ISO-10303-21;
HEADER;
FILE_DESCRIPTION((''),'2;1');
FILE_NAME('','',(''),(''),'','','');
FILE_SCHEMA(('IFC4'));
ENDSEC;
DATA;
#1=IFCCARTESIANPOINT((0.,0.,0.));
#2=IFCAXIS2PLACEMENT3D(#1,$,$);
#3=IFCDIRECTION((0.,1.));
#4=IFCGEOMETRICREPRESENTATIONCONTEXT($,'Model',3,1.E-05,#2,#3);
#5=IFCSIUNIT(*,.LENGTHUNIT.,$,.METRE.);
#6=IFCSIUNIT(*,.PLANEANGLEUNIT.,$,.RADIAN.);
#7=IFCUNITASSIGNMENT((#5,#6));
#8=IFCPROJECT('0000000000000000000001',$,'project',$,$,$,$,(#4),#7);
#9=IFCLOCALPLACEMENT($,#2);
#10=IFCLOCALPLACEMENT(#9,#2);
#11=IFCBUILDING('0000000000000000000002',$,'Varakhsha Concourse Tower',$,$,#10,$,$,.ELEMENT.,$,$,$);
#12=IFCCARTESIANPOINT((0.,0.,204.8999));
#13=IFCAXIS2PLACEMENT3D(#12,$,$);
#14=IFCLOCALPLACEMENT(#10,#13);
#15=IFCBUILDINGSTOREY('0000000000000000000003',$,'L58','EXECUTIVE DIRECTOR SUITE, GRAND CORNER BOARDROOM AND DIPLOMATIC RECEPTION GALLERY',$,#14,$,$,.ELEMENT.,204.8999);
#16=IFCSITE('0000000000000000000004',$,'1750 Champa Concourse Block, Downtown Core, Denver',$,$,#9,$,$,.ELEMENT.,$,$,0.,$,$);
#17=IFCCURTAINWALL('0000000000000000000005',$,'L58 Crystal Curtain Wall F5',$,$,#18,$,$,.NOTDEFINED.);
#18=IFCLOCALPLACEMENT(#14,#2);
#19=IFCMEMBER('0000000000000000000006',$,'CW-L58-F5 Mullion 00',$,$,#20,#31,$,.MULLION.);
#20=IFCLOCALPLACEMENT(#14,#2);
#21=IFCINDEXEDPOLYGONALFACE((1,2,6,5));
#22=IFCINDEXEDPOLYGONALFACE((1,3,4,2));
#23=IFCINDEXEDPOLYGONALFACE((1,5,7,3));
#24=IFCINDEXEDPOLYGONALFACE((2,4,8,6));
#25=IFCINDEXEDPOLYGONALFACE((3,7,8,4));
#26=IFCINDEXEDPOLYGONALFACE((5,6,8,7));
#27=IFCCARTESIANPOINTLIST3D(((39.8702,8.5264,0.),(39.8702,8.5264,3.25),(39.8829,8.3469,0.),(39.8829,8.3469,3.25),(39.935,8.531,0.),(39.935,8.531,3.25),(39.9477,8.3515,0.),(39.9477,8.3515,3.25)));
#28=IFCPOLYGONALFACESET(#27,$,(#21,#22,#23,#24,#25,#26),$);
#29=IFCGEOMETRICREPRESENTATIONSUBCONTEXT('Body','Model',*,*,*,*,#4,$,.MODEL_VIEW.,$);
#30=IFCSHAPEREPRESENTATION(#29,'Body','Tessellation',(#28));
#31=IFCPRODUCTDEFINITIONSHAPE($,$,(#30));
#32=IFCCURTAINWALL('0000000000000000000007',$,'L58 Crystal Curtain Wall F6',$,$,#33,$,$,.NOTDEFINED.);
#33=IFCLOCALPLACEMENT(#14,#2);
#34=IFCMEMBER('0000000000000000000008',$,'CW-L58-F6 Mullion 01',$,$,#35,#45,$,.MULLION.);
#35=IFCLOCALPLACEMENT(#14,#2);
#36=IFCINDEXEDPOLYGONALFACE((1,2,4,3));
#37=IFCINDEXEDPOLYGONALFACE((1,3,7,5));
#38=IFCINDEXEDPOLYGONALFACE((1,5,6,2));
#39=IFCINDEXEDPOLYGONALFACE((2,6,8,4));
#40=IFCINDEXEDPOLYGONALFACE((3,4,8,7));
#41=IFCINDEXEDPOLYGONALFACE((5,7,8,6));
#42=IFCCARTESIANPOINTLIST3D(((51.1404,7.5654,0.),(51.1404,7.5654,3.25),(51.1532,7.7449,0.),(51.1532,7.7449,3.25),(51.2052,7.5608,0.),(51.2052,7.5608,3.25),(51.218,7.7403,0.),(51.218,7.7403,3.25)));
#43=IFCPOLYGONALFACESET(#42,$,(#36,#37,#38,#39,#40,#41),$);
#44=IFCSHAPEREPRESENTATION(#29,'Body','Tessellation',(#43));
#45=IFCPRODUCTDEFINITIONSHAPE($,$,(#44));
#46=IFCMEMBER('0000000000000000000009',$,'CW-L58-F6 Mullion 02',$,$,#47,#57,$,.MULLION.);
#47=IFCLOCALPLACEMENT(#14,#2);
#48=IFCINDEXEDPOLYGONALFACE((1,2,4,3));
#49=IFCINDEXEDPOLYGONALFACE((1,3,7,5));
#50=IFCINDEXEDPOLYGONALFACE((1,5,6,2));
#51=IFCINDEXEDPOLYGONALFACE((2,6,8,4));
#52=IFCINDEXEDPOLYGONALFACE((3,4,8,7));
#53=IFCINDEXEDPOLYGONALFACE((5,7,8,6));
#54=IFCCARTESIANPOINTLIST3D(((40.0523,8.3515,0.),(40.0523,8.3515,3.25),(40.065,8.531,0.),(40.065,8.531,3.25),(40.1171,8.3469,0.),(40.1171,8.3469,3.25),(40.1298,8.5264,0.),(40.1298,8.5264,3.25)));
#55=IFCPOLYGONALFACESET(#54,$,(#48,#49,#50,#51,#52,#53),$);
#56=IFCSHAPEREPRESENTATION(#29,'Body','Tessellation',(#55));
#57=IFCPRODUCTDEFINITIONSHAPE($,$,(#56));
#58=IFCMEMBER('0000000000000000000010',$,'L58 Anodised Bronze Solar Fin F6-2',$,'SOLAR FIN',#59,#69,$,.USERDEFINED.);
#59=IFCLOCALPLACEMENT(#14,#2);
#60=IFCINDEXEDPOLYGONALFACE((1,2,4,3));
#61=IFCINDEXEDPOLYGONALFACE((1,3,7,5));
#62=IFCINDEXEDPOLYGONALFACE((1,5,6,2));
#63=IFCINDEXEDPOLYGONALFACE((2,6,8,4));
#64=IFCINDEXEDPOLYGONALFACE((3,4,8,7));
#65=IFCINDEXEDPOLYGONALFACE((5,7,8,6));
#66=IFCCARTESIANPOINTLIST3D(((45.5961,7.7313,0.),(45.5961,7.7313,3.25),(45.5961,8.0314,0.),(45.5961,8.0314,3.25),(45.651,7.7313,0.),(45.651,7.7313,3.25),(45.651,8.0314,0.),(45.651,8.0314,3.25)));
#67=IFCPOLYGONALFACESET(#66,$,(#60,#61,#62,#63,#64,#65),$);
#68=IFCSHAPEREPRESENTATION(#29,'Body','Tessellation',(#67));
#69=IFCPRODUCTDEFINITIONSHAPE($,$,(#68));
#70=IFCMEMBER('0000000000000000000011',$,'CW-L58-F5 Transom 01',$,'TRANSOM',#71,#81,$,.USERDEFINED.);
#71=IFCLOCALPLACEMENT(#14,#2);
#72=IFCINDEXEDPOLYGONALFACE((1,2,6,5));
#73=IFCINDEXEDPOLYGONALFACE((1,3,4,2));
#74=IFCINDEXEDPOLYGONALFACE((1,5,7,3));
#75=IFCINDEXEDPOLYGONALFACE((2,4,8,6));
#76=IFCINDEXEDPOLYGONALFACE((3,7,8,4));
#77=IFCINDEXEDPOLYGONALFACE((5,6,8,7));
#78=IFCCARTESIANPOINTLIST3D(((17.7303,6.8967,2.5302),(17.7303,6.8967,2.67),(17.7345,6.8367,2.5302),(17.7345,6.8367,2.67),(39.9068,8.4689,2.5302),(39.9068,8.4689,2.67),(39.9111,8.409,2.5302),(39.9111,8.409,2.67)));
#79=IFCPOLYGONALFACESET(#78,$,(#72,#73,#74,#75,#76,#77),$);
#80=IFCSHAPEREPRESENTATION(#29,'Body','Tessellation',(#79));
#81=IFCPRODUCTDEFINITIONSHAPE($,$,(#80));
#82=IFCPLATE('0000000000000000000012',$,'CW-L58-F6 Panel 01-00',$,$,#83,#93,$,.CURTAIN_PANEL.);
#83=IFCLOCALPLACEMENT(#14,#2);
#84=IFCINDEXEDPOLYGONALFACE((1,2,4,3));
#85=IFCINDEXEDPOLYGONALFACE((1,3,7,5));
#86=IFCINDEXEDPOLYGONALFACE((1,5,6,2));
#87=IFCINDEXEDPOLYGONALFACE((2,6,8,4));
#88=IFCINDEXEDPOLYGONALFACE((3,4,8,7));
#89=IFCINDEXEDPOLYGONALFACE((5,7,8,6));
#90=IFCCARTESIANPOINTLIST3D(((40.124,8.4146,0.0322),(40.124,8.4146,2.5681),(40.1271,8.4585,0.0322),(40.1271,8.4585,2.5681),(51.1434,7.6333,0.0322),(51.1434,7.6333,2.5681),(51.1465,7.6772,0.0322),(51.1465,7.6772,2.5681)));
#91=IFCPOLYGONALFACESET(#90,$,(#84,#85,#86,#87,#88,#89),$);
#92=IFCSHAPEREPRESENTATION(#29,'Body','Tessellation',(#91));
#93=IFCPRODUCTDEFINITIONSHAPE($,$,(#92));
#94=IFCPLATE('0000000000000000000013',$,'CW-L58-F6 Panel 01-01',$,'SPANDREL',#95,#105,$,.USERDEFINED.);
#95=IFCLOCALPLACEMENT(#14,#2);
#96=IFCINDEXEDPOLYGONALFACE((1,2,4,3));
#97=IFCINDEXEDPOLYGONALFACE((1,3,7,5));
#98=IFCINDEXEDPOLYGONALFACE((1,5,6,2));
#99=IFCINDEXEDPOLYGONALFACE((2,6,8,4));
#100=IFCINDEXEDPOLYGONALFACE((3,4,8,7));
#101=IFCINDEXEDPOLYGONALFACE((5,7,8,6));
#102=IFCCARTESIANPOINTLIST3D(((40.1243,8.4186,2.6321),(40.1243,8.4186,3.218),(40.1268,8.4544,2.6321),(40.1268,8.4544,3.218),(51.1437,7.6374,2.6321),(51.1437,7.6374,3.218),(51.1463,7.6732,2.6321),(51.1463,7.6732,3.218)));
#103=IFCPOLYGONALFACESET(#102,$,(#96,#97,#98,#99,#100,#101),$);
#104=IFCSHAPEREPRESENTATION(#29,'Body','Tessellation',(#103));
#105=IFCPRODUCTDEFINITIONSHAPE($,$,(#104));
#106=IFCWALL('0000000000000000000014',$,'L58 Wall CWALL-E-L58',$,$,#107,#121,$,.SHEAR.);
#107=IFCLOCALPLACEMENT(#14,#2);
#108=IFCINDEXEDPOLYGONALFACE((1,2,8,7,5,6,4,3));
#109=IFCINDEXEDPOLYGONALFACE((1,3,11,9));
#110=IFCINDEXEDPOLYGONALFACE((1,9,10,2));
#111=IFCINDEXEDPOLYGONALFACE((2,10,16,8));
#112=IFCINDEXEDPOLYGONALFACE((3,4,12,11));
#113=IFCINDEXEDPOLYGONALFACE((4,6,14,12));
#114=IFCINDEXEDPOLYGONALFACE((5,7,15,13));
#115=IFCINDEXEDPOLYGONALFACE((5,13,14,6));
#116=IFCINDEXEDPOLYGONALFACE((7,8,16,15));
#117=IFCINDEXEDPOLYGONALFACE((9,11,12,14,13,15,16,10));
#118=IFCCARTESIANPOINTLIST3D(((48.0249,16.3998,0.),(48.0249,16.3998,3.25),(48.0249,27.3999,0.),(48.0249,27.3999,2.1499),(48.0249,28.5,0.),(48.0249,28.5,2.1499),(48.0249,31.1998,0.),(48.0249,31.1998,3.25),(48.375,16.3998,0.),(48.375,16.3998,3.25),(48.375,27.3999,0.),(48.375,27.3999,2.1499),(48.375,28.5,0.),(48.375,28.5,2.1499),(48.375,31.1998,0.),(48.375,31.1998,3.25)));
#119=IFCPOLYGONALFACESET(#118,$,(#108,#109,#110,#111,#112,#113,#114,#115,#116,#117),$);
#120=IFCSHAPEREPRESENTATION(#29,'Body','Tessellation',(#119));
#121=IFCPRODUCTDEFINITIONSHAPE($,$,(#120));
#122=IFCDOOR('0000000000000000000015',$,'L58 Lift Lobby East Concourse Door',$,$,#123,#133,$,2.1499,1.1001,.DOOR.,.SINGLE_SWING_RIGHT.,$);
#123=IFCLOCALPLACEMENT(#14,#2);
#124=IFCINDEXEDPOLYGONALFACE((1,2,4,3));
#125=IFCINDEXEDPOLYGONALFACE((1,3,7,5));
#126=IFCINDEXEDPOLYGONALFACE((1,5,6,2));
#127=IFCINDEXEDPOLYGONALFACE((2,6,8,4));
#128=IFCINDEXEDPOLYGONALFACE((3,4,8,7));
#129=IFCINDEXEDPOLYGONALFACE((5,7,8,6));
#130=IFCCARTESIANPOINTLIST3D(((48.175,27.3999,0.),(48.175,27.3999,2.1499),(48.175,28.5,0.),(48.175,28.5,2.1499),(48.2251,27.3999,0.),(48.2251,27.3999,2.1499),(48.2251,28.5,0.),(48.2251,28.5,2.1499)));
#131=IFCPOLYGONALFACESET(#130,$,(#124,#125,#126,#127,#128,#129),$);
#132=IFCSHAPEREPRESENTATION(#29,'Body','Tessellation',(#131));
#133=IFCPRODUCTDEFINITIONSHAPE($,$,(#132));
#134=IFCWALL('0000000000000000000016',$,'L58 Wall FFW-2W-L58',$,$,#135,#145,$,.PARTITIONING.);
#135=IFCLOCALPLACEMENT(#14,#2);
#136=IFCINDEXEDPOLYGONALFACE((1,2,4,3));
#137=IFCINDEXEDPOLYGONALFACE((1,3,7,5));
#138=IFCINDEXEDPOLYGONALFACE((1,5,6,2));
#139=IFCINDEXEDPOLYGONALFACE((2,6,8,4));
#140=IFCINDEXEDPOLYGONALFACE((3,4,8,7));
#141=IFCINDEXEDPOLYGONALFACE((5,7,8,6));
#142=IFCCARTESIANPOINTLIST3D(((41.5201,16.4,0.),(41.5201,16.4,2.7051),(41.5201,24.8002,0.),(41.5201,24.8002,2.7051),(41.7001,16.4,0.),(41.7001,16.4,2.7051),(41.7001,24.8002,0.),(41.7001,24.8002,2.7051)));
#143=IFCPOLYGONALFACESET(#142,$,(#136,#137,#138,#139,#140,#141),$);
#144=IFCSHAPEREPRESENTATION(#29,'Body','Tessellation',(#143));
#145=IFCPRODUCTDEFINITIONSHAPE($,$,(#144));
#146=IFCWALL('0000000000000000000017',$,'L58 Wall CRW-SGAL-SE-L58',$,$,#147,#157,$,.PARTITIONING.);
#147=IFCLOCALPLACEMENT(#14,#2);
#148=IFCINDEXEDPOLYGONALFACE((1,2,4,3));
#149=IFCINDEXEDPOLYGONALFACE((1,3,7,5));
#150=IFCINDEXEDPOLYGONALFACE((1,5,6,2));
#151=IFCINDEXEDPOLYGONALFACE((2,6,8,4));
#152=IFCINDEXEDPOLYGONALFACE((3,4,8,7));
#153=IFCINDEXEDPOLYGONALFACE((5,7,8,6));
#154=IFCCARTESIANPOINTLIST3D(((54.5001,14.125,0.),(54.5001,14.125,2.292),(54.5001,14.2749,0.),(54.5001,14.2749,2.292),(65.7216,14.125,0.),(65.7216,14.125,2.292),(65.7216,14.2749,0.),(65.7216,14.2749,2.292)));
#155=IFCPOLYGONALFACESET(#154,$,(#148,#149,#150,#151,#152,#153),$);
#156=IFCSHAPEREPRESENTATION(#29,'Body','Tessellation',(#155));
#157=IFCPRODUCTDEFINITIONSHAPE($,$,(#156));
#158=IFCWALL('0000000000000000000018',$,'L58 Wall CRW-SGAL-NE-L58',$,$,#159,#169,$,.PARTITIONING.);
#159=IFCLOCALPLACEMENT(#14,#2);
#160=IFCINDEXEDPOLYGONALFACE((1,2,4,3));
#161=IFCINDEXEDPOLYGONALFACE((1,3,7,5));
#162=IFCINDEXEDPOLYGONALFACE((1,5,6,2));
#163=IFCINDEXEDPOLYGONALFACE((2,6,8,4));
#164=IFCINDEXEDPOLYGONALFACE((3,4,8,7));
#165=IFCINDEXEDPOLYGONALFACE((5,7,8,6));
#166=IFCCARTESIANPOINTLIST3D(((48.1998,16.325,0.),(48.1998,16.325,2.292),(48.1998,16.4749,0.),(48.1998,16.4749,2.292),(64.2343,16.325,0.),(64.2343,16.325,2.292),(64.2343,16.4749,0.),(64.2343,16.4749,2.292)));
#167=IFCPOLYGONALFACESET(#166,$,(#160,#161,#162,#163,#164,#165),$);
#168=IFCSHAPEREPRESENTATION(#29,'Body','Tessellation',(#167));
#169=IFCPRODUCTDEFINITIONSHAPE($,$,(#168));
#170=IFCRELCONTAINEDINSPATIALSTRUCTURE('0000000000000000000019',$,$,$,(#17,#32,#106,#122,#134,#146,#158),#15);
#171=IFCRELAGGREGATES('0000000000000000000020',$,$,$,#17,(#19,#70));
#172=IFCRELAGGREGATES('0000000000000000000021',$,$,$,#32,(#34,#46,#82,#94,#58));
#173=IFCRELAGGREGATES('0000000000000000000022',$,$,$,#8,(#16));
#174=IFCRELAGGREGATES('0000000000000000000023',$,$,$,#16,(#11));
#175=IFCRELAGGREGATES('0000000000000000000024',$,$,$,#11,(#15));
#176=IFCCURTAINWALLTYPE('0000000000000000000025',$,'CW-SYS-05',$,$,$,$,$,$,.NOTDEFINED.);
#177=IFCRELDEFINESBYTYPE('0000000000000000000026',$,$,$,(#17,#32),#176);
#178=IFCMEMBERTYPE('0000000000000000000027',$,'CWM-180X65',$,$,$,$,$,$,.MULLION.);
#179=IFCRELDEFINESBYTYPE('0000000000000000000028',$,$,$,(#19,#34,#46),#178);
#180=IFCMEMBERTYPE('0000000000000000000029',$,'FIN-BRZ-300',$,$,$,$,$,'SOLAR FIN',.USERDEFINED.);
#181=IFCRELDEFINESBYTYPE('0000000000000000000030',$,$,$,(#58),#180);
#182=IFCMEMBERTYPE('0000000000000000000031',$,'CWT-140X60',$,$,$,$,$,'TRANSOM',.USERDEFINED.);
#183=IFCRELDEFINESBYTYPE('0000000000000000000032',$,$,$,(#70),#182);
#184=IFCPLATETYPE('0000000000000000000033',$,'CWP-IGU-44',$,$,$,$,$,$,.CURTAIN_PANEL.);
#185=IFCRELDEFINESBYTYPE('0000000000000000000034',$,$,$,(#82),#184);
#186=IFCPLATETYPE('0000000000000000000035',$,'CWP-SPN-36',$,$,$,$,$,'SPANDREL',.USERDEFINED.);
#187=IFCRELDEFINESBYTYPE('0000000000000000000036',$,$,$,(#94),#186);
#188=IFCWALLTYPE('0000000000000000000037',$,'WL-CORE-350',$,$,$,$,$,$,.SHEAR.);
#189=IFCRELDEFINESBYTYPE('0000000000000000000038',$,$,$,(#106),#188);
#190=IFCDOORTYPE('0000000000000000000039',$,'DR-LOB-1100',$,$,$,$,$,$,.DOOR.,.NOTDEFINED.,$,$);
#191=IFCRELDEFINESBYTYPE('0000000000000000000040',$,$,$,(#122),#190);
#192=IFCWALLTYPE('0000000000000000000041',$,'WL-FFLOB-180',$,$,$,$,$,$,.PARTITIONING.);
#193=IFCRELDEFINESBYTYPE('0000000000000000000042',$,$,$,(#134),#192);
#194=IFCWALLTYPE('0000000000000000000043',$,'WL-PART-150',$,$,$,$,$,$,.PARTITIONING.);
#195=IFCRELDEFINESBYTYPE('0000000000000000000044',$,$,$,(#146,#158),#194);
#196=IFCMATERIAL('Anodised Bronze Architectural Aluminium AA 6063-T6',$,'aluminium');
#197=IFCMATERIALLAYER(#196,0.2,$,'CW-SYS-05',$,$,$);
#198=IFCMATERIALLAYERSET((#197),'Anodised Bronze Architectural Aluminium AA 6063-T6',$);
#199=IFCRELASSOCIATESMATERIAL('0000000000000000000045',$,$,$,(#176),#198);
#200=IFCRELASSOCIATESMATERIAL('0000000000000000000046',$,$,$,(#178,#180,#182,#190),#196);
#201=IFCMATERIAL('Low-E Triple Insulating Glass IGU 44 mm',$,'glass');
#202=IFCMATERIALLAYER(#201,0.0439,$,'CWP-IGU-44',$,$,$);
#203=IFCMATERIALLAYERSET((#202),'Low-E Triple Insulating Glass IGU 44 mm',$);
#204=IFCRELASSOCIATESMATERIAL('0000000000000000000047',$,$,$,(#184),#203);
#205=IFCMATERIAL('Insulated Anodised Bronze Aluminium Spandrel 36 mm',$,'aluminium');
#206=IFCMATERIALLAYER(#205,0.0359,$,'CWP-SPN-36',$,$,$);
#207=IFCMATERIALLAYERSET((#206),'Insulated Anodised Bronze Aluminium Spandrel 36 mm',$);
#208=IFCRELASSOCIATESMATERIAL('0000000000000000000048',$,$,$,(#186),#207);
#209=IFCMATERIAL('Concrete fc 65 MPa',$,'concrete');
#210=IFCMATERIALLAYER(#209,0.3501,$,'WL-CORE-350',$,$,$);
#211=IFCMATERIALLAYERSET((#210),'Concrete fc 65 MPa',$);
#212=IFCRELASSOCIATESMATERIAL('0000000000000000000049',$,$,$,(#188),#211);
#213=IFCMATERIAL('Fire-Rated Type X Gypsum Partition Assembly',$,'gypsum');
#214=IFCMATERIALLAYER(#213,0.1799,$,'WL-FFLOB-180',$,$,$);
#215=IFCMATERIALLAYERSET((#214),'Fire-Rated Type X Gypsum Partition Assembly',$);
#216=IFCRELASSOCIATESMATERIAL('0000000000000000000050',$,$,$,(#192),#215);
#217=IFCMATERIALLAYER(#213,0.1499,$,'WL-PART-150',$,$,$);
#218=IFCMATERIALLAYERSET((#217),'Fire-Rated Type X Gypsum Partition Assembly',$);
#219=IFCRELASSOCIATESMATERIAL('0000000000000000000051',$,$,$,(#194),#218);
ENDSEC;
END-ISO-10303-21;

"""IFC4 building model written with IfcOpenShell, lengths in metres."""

from ifc_helpers import new_model, si_unit, direction, frame, frame_2d, origin, origin_2d, place, context, subcontext, project, spatial, rectangle, extrude, source, transform, mapped, material, layer, layer_set, material_profile, profile_set, type_object, type_shapes, element, fill, aggregate, save


model = new_model("IFC4")

# Units and contexts
model_context = context("Model", 3, precision=1e-05, world=origin(), true_north=direction((0.0, 1.0)))
body_context = subcontext(model_context, "Body", "Model", "MODEL_VIEW")
ifc_project = project(units=[si_unit("LENGTHUNIT", "METRE"), si_unit("PLANEANGLEUNIT", "RADIAN")], contexts=[model_context])

# Site, building, storey
site_placement = place(None, origin())
site = spatial("IfcSite", under=ifc_project, at=site_placement, Name="1750 Champa Concourse Block, Downtown Core, Denver", CompositionType="ELEMENT", RefElevation=0.0)
building_placement = place(site_placement, origin())
building = spatial("IfcBuilding", under=site, at=building_placement, Name="Varakhsha Concourse Tower", CompositionType="ELEMENT")
storey_placement = place(building_placement, frame((0.0, 0.0, 204.8999)))
storey = spatial("IfcBuildingStorey", under=building, at=storey_placement, Name="L58", Description="EXECUTIVE DIRECTOR SUITE, GRAND CORNER BOARDROOM AND DIPLOMATIC RECEPTION GALLERY", CompositionType="ELEMENT", Elevation=204.8999)

# Shared definitions
ifc_material_1 = material(Name="Concrete fc 65 MPa", Category="concrete")

# Curtain wall, member
ifc_material_2 = material(Name="Anodised Bronze Architectural Aluminium AA 6063-T6", Category="aluminium")
ifc_layer_1 = layer(ifc_material_2, 0.2, Name="CW-SYS-05")
ifc_layer_set_1 = layer_set([ifc_layer_1], Name="Anodised Bronze Architectural Aluminium AA 6063-T6")
curtain_wall_type = type_object("IfcCurtainWallType", Name="CW-SYS-05", PredefinedType="NOTDEFINED", material=ifc_layer_set_1)
curtain_wall_1_placement = place(storey_placement, origin())
curtain_wall_1 = element("IfcCurtainWall", 1, at=curtain_wall_1_placement, inside=storey, type_object=curtain_wall_type, Name="L58 Crystal Curtain Wall F5", PredefinedType="NOTDEFINED")
ifc_material_profile_1 = material_profile(ifc_material_2, rectangle(XDim=0.0649, YDim=0.1799, at=origin_2d()), Name="CWM-180X65")
ifc_profile_set_1 = profile_set([ifc_material_profile_1], Name="Anodised Bronze Architectural Aluminium AA 6063-T6")
member_type_1 = type_object("IfcMemberType", Name="CWM-180X65", PredefinedType="MULLION", material=ifc_profile_set_1)
shared_shape_1 = source(origin(), body_context, "Body", "SweptSolid", [
    extrude(rectangle(XDim=0.0649, YDim=0.1799, at=origin_2d()), origin(), (0.0, 0.0, 1.0), 3.25),
])
type_shapes(member_type_1, [shared_shape_1])
member_1_placement = place(storey_placement, frame((39.9089, 8.439, 0.0), z_axis=(0.0, 0.0, 1.0), x_axis=(-0.997496, -0.070723, 0.0)))
member_1 = element("IfcMember", 2, at=member_1_placement, type_object=member_type_1, Name="CW-L58-F5 Mullion 00", PredefinedType="MULLION", context=body_context, shape_type="MappedRepresentation", body=[
    mapped(shared_shape_1, transform((0.0, 0.0, 0.0), scale=1.0)),
])

# Curtain wall, members
curtain_wall_2_placement = place(storey_placement, origin())
curtain_wall_2 = element("IfcCurtainWall", 3, at=curtain_wall_2_placement, inside=storey, type_object=curtain_wall_type, Name="L58 Crystal Curtain Wall F6", PredefinedType="NOTDEFINED")
member_2_placement = place(storey_placement, frame((51.1792, 7.6528, 0.0), z_axis=(0.0, 0.0, 1.0), x_axis=(-0.997496, 0.070723, 0.0)))
member_2 = element("IfcMember", 4, at=member_2_placement, type_object=member_type_1, Name="CW-L58-F6 Mullion 01", PredefinedType="MULLION", context=body_context, shape_type="MappedRepresentation", body=[
    mapped(shared_shape_1, transform((0.0, 0.0, 0.0), scale=1.0)),
])
member_3_placement = place(storey_placement, frame((40.0911, 8.439, 0.0), z_axis=(0.0, 0.0, 1.0), x_axis=(-0.997496, 0.070723, 0.0)))
member_3 = element("IfcMember", 5, at=member_3_placement, type_object=member_type_1, Name="CW-L58-F6 Mullion 02", PredefinedType="MULLION", context=body_context, shape_type="MappedRepresentation", body=[
    mapped(shared_shape_1, transform((0.0, 0.0, 0.0), scale=1.0)),
])
ifc_material_profile_2 = material_profile(ifc_material_2, rectangle(XDim=0.0549, YDim=0.3, at=origin_2d()), Name="FIN-BRZ-300")
ifc_profile_set_2 = profile_set([ifc_material_profile_2], Name="Anodised Bronze Architectural Aluminium AA 6063-T6")
member_type_2 = type_object("IfcMemberType", Name="FIN-BRZ-300", ElementType="SOLAR FIN", PredefinedType="USERDEFINED", material=ifc_profile_set_2)
shared_shape_2 = source(origin(), body_context, "Body", "SweptSolid", [
    extrude(rectangle(XDim=0.0549, YDim=0.3, at=origin_2d()), origin(), (0.0, 0.0, 1.0), 3.25),
])
type_shapes(member_type_2, [shared_shape_2])
member_4_placement = place(storey_placement, frame((45.6235, 7.8813, 0.0), z_axis=(0.0, 0.0, 1.0), x_axis=(1.0, 0.0, 0.0)))
member_4 = element("IfcMember", 6, at=member_4_placement, type_object=member_type_2, Name="L58 Anodised Bronze Solar Fin F6-2", ObjectType="SOLAR FIN", PredefinedType="USERDEFINED", context=body_context, shape_type="MappedRepresentation", body=[
    mapped(shared_shape_2, transform((0.0, 0.0, 0.0), scale=1.0)),
])

# Member
ifc_material_profile_3 = material_profile(ifc_material_2, rectangle(XDim=0.0601, YDim=0.1399, at=origin_2d()), Name="CWT-140X60")
ifc_profile_set_3 = profile_set([ifc_material_profile_3], Name="Anodised Bronze Architectural Aluminium AA 6063-T6")
member_type_3 = type_object("IfcMemberType", Name="CWT-140X60", ElementType="TRANSOM", PredefinedType="USERDEFINED", material=ifc_profile_set_3)
shared_shape_3 = source(origin(), body_context, "Body", "SweptSolid", [
    extrude(rectangle(XDim=0.0601, YDim=0.1399, at=origin_2d()), origin(), (0.0, 0.0, 1.0), 22.2322),
])
type_shapes(member_type_3, [shared_shape_3])
member_5_placement = place(storey_placement, frame((39.9089, 8.439, 2.6001), z_axis=(-0.997496, -0.07072, 0.0), x_axis=(0.07072, -0.997496, 0.0)))
member_5 = element("IfcMember", 7, at=member_5_placement, type_object=member_type_3, Name="CW-L58-F5 Transom 01", ObjectType="TRANSOM", PredefinedType="USERDEFINED", context=body_context, shape_type="MappedRepresentation", body=[
    mapped(shared_shape_3, transform((0.0, 0.0, 0.0), scale=1.0)),
])
aggregate(curtain_wall_1, [member_1, member_5])

# Plates
ifc_material_3 = material(Name="Low-E Triple Insulating Glass IGU 44 mm", Category="glass")
ifc_layer_2 = layer(ifc_material_3, 0.0439, Name="CWP-IGU-44")
ifc_layer_set_2 = layer_set([ifc_layer_2], Name="Low-E Triple Insulating Glass IGU 44 mm")
plate_type_1 = type_object("IfcPlateType", Name="CWP-IGU-44", PredefinedType="CURTAIN_PANEL", material=ifc_layer_set_2)
shared_shape_4 = source(origin(), body_context, "Body", "SweptSolid", [
    extrude(rectangle(XDim=11.0471, YDim=0.0439, at=origin_2d()), origin(), (0.0, 0.0, 1.0), 2.5359),
])
type_shapes(plate_type_1, [shared_shape_4])
plate_1_placement = place(storey_placement, frame((45.6353, 8.0459, 0.0322), z_axis=(0.0, 0.0, 1.0), x_axis=(-0.997496, 0.070723, 0.0)))
plate_1 = element("IfcPlate", 8, at=plate_1_placement, type_object=plate_type_1, Name="CW-L58-F6 Panel 01-00", PredefinedType="CURTAIN_PANEL", context=body_context, shape_type="MappedRepresentation", body=[
    mapped(shared_shape_4, transform((0.0, 0.0, 0.0), scale=1.0)),
])
ifc_material_4 = material(Name="Insulated Anodised Bronze Aluminium Spandrel 36 mm", Category="aluminium")
ifc_layer_3 = layer(ifc_material_4, 0.0359, Name="CWP-SPN-36")
ifc_layer_set_3 = layer_set([ifc_layer_3], Name="Insulated Anodised Bronze Aluminium Spandrel 36 mm")
plate_type_2 = type_object("IfcPlateType", Name="CWP-SPN-36", ElementType="SPANDREL", PredefinedType="USERDEFINED", material=ifc_layer_set_3)
shared_shape_5 = source(origin(), body_context, "Body", "SweptSolid", [
    extrude(rectangle(XDim=11.0471, YDim=0.0359, at=origin_2d()), origin(), (0.0, 0.0, 1.0), 0.5859),
])
type_shapes(plate_type_2, [shared_shape_5])
plate_2_placement = place(storey_placement, frame((45.6353, 8.0459, 2.6321), z_axis=(0.0, 0.0, 1.0), x_axis=(-0.997496, 0.070723, 0.0)))
plate_2 = element("IfcPlate", 9, at=plate_2_placement, type_object=plate_type_2, Name="CW-L58-F6 Panel 01-01", ObjectType="SPANDREL", PredefinedType="USERDEFINED", context=body_context, shape_type="MappedRepresentation", body=[
    mapped(shared_shape_5, transform((0.0, 0.0, 0.0), scale=1.0)),
])
aggregate(curtain_wall_2, [member_2, member_3, plate_1, plate_2, member_4])

# Wall, opening, door
ifc_layer_4 = layer(ifc_material_1, 0.3501, Name="WL-CORE-350")
ifc_layer_set_4 = layer_set([ifc_layer_4], Name="Concrete fc 65 MPa")
wall_type_1 = type_object("IfcWallType", Name="WL-CORE-350", PredefinedType="SHEAR", material=ifc_layer_set_4)
wall_1_placement = place(storey_placement, frame((48.2, 16.3999, 0.0), z_axis=(0.0, 0.0, 1.0), x_axis=(0.0, 1.0, 0.0)))
wall_1 = element("IfcWall", 10, at=wall_1_placement, inside=storey, type_object=wall_type_1, Name="L58 Wall CWALL-E-L58", PredefinedType="SHEAR", context=body_context, shape_type="SweptSolid", body=[
    extrude(rectangle(XDim=14.8, YDim=0.3501, at=frame_2d((7.3999, 0.0))), origin(), (0.0, 0.0, 1.0), 3.25),
])
opening_1_placement = place(wall_1_placement, frame((11.0, 0.0, 0.0)))
opening_1 = element("IfcOpeningElement", 11, at=opening_1_placement, cuts=wall_1, PredefinedType="OPENING", context=body_context, shape_type="SweptSolid", body=[
    extrude(rectangle(XDim=1.1001, YDim=2.1499, at=frame_2d((0.55, 1.075))), frame((0.0, 0.1851, 0.0), z_axis=(0.0, -1.0, 0.0), x_axis=(1.0, 0.0, 0.0)), (0.0, 0.0, 1.0), 0.3701),
])
door_type_1 = type_object("IfcDoorType", Name="DR-LOB-1100", OperationType="NOTDEFINED", PredefinedType="DOOR", material=ifc_material_2)
door_1_placement = place(opening_1_placement, origin())
door_1 = element("IfcDoor", 12, at=door_1_placement, inside=storey, type_object=door_type_1, Name="L58 Lift Lobby East Concourse Door", OperationType="SINGLE_SWING_RIGHT", OverallHeight=2.1499, OverallWidth=1.1001, PredefinedType="DOOR", context=body_context, shape_type="SweptSolid", body=[
    extrude(rectangle(XDim=1.1001, YDim=2.1499, at=frame_2d((0.55, 1.075))), frame((0.0, 0.0249, 0.0), z_axis=(0.0, -1.0, 0.0), x_axis=(1.0, 0.0, 0.0)), (0.0, 0.0, 1.0), 0.05),
])
fill(opening_1, door_1)

# Walls
ifc_material_5 = material(Name="Fire-Rated Type X Gypsum Partition Assembly", Category="gypsum")
ifc_layer_5 = layer(ifc_material_5, 0.1799, Name="WL-FFLOB-180")
ifc_layer_set_5 = layer_set([ifc_layer_5], Name="Fire-Rated Type X Gypsum Partition Assembly")
wall_type_2 = type_object("IfcWallType", Name="WL-FFLOB-180", PredefinedType="PARTITIONING", material=ifc_layer_set_5)
wall_2_placement = place(storey_placement, frame((41.6101, 16.3999, 0.0), z_axis=(0.0, 0.0, 1.0), x_axis=(0.0, 1.0, 0.0)))
element("IfcWall", 13, at=wall_2_placement, inside=storey, type_object=wall_type_2, Name="L58 Wall FFW-2W-L58", PredefinedType="PARTITIONING", context=body_context, shape_type="SweptSolid", body=[
    extrude(rectangle(XDim=8.4001, YDim=0.1799, at=frame_2d((4.2002, 0.0))), origin(), (0.0, 0.0, 1.0), 2.7051),
])
ifc_layer_6 = layer(ifc_material_5, 0.1499, Name="WL-PART-150")
ifc_layer_set_6 = layer_set([ifc_layer_6], Name="Fire-Rated Type X Gypsum Partition Assembly")
wall_type_3 = type_object("IfcWallType", Name="WL-PART-150", PredefinedType="PARTITIONING", material=ifc_layer_set_6)
wall_3_placement = place(storey_placement, frame((54.5, 14.2, 0.0), z_axis=(0.0, 0.0, 1.0), x_axis=(1.0, 0.0, 0.0)))
element("IfcWall", 14, at=wall_3_placement, inside=storey, type_object=wall_type_3, Name="L58 Wall CRW-SGAL-SE-L58", PredefinedType="PARTITIONING", context=body_context, shape_type="SweptSolid", body=[
    extrude(rectangle(XDim=11.2214, YDim=0.1499, at=frame_2d((5.6108, 0.0))), origin(), (0.0, 0.0, 1.0), 2.292),
])
wall_4_placement = place(storey_placement, frame((48.2, 16.3999, 0.0), z_axis=(0.0, 0.0, 1.0), x_axis=(1.0, 0.0, 0.0)))
element("IfcWall", 15, at=wall_4_placement, inside=storey, type_object=wall_type_3, Name="L58 Wall CRW-SGAL-NE-L58", PredefinedType="PARTITIONING", context=body_context, shape_type="SweptSolid", body=[
    extrude(rectangle(XDim=16.0344, YDim=0.1499, at=frame_2d((8.0171, 0.0))), origin(), (0.0, 0.0, 1.0), 2.292),
])

save(model, "model.ifc")
